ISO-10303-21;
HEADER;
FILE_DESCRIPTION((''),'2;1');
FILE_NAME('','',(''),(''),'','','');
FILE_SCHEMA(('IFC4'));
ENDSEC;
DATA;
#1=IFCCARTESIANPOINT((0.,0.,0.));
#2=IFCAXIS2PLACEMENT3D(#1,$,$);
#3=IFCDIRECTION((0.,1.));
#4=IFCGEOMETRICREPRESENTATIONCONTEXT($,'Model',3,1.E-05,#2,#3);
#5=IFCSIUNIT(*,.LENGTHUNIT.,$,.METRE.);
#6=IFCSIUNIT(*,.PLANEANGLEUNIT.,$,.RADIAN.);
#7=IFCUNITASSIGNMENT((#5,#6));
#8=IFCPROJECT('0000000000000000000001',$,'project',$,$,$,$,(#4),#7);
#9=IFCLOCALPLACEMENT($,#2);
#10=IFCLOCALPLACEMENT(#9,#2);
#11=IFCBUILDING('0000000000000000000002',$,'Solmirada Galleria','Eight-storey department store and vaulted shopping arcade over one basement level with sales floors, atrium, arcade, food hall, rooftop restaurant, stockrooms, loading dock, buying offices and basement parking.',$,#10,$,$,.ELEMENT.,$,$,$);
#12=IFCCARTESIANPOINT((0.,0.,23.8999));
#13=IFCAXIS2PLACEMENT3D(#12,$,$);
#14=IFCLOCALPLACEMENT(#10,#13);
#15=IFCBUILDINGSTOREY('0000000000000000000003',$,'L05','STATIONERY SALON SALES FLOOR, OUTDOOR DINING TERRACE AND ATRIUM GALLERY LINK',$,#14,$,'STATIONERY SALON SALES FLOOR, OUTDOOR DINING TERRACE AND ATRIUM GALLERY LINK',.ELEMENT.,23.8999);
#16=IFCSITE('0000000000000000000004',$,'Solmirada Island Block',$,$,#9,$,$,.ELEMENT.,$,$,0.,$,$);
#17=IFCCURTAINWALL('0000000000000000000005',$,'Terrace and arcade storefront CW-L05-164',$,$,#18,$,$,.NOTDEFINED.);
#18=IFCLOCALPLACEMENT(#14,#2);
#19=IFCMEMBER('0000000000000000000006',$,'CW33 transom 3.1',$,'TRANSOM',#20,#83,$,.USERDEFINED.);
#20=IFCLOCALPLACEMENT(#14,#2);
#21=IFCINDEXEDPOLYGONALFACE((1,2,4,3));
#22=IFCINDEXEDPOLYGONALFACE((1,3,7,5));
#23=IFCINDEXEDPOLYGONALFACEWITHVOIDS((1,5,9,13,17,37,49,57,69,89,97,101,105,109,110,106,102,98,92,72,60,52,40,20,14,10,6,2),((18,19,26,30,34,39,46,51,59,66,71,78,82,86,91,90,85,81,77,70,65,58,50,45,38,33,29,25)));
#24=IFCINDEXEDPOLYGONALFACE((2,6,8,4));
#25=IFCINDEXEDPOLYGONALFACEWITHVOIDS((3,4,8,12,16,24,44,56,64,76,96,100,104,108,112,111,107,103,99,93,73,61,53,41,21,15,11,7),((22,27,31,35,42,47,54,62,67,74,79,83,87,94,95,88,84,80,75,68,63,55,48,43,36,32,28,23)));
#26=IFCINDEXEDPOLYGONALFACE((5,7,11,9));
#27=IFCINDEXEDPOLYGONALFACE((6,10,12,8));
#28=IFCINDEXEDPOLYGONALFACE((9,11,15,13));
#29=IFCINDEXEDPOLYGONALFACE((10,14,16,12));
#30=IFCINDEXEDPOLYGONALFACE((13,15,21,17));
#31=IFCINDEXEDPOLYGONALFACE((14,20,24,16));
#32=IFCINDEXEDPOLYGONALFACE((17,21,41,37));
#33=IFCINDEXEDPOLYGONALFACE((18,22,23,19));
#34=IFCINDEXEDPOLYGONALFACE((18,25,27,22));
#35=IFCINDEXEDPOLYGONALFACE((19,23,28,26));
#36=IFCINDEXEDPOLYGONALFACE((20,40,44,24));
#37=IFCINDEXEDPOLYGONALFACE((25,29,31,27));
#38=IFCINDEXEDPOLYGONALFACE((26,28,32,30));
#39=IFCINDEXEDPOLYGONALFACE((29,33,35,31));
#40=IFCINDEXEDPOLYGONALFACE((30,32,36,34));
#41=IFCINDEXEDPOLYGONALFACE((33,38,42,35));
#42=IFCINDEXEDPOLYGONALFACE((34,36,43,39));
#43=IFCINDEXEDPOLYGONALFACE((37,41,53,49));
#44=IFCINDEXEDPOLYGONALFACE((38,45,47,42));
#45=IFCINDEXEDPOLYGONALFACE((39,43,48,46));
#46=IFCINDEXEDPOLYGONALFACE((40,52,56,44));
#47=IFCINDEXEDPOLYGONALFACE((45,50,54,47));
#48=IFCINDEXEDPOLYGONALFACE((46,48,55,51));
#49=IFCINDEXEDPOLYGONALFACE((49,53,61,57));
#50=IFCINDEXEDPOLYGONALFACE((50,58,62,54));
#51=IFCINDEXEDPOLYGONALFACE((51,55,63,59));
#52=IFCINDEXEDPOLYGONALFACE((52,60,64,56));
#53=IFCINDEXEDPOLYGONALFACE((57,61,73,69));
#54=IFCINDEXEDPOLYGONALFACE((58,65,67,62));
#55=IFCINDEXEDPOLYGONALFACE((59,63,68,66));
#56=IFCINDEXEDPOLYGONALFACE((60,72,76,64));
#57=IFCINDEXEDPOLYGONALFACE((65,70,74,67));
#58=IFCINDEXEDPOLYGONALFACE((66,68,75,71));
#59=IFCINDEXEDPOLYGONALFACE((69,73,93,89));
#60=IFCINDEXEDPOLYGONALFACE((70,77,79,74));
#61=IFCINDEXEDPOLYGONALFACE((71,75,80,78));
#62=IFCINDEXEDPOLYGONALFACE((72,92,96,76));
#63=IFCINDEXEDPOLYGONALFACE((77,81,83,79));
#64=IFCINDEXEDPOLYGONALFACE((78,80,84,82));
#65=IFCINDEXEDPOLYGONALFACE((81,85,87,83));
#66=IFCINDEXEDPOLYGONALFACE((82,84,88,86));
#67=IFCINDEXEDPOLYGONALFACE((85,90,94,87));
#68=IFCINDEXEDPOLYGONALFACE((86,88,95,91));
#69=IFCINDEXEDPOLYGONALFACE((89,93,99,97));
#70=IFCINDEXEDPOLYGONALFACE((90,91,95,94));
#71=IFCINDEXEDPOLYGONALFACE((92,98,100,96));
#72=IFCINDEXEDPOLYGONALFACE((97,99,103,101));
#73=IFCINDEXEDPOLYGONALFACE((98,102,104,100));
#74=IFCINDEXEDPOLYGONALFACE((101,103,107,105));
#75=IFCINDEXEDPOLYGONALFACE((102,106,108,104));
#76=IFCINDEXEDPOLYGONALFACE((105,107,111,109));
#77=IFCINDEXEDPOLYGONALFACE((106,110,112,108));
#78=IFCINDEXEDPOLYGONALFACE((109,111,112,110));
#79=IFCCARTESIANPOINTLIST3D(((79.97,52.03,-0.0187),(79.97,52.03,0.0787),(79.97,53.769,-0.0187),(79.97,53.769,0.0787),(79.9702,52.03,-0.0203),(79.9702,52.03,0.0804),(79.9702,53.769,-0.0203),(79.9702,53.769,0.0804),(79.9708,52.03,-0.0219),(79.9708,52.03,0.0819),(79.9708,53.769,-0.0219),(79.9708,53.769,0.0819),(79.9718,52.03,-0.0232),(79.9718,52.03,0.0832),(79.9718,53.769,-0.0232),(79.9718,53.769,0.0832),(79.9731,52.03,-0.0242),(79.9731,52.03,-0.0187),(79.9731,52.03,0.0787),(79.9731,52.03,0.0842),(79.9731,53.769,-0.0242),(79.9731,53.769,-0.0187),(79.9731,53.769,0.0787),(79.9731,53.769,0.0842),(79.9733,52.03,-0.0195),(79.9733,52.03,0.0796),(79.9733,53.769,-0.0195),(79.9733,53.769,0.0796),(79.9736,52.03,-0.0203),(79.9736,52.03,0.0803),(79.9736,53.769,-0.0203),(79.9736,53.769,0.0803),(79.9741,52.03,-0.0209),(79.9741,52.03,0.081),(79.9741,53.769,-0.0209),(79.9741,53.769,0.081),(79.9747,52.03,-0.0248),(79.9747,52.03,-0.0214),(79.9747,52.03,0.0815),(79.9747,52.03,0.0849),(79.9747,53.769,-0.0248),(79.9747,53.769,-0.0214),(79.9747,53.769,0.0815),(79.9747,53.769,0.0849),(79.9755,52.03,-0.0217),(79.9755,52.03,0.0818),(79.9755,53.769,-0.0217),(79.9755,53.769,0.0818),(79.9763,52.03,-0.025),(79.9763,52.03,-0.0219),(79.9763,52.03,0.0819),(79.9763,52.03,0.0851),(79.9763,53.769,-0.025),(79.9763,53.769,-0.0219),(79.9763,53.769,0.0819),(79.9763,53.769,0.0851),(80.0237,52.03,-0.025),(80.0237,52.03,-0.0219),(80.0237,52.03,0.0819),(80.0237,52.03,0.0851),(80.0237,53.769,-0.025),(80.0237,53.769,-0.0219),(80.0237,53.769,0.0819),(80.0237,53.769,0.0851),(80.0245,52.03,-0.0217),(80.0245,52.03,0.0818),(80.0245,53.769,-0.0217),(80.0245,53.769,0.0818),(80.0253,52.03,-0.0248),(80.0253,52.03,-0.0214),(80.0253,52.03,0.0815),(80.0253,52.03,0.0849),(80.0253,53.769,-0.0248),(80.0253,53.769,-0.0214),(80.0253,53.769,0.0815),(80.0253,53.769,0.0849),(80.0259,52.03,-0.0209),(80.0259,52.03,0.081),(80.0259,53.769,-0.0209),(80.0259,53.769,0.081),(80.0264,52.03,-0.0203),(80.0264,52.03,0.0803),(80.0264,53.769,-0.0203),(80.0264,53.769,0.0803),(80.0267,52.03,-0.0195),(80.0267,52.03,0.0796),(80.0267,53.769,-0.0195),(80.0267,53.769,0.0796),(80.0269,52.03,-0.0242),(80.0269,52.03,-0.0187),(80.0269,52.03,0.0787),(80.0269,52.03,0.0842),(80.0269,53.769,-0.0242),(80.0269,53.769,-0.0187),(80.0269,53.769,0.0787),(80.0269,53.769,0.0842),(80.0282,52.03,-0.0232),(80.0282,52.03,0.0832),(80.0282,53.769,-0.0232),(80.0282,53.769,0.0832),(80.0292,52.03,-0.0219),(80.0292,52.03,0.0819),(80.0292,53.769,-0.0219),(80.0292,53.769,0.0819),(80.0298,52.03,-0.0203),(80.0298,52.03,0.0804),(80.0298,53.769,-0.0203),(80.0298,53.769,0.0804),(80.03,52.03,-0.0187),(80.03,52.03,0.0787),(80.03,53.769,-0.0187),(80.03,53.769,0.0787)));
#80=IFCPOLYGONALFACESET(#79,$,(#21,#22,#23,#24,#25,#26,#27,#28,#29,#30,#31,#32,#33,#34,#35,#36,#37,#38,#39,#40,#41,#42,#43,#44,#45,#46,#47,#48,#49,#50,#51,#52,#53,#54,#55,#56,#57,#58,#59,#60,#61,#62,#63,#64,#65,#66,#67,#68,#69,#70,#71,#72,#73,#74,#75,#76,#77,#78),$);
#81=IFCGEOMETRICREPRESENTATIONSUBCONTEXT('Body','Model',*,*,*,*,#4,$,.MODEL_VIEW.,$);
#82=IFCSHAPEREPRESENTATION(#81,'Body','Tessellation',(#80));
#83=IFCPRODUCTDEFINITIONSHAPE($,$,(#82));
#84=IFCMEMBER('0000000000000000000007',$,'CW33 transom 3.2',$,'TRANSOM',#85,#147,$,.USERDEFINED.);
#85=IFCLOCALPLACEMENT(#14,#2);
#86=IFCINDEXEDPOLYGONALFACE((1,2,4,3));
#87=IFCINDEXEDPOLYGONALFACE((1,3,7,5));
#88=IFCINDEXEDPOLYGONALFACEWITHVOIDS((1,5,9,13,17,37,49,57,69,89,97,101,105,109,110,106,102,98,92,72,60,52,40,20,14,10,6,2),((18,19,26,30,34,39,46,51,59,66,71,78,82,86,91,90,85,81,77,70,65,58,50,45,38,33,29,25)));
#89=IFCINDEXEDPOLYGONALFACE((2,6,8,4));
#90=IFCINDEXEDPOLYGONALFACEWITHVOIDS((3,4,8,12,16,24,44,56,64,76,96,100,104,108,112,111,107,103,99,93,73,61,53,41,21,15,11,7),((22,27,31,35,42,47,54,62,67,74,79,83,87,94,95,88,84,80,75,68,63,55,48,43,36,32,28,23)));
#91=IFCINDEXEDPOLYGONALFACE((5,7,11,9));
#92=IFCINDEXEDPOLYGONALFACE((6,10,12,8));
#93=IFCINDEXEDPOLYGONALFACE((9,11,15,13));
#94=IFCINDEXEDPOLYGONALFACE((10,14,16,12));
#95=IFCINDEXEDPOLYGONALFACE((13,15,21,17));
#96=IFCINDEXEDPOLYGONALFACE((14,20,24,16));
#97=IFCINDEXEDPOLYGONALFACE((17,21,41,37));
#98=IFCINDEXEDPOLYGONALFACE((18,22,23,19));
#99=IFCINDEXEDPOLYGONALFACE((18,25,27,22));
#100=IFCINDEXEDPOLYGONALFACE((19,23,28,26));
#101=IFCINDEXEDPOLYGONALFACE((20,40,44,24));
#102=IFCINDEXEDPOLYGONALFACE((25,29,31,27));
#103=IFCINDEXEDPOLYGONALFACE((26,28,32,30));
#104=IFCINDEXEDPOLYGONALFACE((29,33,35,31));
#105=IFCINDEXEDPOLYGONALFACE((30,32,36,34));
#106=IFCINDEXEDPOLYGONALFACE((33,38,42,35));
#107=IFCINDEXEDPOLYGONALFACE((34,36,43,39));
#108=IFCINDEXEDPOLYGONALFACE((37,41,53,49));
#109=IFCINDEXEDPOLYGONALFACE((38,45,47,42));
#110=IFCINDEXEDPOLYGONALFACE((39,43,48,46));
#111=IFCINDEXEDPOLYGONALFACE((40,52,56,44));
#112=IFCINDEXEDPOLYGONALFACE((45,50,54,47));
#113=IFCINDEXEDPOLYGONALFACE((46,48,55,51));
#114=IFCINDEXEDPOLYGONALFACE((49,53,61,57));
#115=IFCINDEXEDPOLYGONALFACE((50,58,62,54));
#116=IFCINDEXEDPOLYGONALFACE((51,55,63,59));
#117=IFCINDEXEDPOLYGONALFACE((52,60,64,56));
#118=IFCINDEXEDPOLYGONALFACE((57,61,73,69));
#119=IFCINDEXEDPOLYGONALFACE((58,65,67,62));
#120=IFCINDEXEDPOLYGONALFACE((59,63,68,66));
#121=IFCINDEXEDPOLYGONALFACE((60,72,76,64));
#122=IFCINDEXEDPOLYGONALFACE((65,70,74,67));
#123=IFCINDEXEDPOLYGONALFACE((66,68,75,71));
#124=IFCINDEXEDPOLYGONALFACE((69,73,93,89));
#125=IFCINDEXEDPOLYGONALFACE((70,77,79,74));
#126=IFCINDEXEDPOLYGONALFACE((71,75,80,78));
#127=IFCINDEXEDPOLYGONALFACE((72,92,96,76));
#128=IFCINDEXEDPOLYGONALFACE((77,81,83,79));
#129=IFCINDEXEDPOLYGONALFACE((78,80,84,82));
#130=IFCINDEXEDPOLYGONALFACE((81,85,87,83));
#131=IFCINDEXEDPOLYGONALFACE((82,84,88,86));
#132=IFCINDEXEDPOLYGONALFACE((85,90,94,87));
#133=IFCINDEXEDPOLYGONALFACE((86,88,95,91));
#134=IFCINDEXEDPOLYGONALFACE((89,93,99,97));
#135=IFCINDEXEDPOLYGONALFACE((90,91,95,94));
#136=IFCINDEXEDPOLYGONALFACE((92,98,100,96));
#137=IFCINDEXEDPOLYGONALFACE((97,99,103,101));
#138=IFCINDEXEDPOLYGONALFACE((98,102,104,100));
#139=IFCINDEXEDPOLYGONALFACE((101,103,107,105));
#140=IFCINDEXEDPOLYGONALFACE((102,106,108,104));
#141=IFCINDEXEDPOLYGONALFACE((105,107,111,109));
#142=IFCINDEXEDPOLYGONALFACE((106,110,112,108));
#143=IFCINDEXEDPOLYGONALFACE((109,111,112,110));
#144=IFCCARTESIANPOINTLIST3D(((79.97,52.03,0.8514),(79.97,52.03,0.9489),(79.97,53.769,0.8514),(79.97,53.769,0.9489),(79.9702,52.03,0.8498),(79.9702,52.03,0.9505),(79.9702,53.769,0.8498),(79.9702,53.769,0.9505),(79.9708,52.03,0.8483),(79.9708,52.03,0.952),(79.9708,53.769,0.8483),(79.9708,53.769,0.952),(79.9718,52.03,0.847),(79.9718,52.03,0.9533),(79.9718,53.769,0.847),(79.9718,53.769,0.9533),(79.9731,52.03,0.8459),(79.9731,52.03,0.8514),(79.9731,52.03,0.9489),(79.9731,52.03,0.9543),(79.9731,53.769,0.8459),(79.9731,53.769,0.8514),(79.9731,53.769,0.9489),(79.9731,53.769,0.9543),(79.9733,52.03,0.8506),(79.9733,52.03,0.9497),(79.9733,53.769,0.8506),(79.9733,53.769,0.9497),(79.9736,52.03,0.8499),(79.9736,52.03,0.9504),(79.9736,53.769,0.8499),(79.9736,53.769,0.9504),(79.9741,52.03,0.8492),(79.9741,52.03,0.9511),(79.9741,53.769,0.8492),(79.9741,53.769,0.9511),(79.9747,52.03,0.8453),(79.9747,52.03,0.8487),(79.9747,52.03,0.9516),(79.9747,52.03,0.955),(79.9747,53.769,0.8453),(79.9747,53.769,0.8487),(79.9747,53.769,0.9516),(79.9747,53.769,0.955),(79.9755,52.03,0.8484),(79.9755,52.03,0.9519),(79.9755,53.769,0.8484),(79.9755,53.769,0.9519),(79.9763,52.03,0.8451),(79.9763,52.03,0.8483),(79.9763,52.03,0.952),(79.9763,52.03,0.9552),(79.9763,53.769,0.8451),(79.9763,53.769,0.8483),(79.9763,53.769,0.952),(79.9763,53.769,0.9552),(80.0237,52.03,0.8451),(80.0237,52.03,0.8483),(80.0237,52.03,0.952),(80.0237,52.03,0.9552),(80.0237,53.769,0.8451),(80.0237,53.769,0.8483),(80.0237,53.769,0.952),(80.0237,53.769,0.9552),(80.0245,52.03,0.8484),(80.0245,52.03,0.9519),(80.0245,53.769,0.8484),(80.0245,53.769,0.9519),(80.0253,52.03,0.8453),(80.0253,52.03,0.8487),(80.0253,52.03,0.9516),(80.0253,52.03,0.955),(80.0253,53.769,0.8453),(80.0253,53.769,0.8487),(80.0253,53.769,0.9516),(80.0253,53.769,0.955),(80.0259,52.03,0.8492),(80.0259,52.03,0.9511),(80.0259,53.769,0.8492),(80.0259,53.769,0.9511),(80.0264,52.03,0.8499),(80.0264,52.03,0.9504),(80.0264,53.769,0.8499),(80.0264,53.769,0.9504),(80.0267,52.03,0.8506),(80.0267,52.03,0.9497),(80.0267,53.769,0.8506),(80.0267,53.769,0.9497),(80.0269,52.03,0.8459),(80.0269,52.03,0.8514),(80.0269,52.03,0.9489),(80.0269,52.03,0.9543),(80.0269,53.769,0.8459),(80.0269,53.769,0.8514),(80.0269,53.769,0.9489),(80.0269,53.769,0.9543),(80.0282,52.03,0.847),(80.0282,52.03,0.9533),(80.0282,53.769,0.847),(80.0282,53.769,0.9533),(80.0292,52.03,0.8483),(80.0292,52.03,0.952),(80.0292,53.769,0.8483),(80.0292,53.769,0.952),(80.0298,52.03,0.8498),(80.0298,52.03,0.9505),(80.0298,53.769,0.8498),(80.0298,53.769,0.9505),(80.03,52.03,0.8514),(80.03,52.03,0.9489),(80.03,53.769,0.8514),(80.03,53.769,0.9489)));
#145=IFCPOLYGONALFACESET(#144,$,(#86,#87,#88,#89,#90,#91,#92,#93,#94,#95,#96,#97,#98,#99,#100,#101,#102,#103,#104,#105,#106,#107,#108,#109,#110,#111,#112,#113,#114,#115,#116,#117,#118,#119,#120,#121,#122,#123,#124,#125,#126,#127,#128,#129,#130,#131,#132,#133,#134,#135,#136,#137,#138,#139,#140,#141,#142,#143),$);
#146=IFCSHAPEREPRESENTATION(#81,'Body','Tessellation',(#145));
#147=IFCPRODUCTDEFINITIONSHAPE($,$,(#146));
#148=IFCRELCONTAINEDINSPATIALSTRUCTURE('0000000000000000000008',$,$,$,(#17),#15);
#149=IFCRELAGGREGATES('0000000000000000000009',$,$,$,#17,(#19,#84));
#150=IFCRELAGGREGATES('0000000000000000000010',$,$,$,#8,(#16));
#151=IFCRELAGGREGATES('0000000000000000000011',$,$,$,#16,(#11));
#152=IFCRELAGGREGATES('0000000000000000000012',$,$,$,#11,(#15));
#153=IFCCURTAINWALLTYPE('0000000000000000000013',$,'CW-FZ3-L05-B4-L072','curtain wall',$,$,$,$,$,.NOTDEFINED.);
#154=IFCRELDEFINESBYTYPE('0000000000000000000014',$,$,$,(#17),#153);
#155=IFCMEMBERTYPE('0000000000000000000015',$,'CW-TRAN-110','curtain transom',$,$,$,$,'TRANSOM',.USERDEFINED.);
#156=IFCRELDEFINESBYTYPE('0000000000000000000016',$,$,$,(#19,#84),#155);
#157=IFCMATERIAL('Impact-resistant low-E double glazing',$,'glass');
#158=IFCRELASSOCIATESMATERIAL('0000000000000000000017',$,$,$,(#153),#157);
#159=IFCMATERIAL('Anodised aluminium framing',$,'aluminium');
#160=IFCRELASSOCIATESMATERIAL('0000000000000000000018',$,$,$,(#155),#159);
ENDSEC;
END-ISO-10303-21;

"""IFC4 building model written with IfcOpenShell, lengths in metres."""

from ifc_helpers import new_model, si_unit, direction, frame, origin, origin_2d, place, context, subcontext, project, spatial, hollow_rectangle, extrude, material, material_profile, profile_set, type_object, element, aggregate, save


model = new_model("IFC4")

# Units and contexts
model_context = context("Model", 3, precision=1e-05, world=origin(), true_north=direction((0.0, 1.0)))
body_context = subcontext(model_context, "Body", "Model", "MODEL_VIEW")
ifc_project = project(units=[si_unit("LENGTHUNIT", "METRE"), si_unit("PLANEANGLEUNIT", "RADIAN")], contexts=[model_context])

# Site, building, storey
site_placement = place(None, origin())
site = spatial("IfcSite", under=ifc_project, at=site_placement, Name="Solmirada Island Block", CompositionType="ELEMENT", RefElevation=0.0)
building_placement = place(site_placement, origin())
building = spatial("IfcBuilding", under=site, at=building_placement, Name="Solmirada Galleria", Description="Eight-storey department store and vaulted shopping arcade over one basement level with sales floors, atrium, arcade, food hall, rooftop restaurant, stockrooms, loading dock, buying offices and basement parking.", CompositionType="ELEMENT")
storey_placement = place(building_placement, frame((0.0, 0.0, 23.8999)))
storey = spatial("IfcBuildingStorey", under=building, at=storey_placement, Name="L05", Description="STATIONERY SALON SALES FLOOR, OUTDOOR DINING TERRACE AND ATRIUM GALLERY LINK", LongName="STATIONERY SALON SALES FLOOR, OUTDOOR DINING TERRACE AND ATRIUM GALLERY LINK", CompositionType="ELEMENT", Elevation=23.8999)

# Curtain wall, members
ifc_material_1 = material(Name="Impact-resistant low-E double glazing", Category="glass")
curtain_wall_type = type_object("IfcCurtainWallType", Name="CW-FZ3-L05-B4-L072", Description="curtain wall", PredefinedType="NOTDEFINED", material=ifc_material_1)
curtain_wall_placement = place(storey_placement, origin())
curtain_wall = element("IfcCurtainWall", 1, at=curtain_wall_placement, inside=storey, type_object=curtain_wall_type, Name="Terrace and arcade storefront CW-L05-164", PredefinedType="NOTDEFINED")
ifc_material_2 = material(Name="Anodised aluminium framing", Category="aluminium")
ifc_material_profile_1 = material_profile(ifc_material_2, hollow_rectangle(XDim=0.0601, YDim=0.1101, WallThickness=0.0032, InnerFilletRadius=0.0032, OuterFilletRadius=0.0063, at=origin_2d()), Name="ALU-TRAN-110X60")
ifc_profile_set_1 = profile_set([ifc_material_profile_1], Name="Anodised aluminium framing")
member_type_1 = type_object("IfcMemberType", Name="CW-TRAN-110", Description="curtain transom", ElementType="TRANSOM", PredefinedType="USERDEFINED", material=ifc_profile_set_1)
member_1_placement = place(storey_placement, frame((80.0, 52.03, 0.03), z_axis=(0.0, 1.0, 0.0), x_axis=(-1.0, 0.0, 0.0)))
member_1 = element("IfcMember", 2, at=member_1_placement, type_object=member_type_1, Name="CW33 transom 3.1", ObjectType="TRANSOM", PredefinedType="USERDEFINED", context=body_context, shape_type="SweptSolid", body=[
    extrude(hollow_rectangle(XDim=0.0601, YDim=0.1101, WallThickness=0.0032, InnerFilletRadius=0.0032, OuterFilletRadius=0.0063, at=origin_2d()), origin(), (0.0, 0.0, 1.0), 1.739),
])
member_2_placement = place(storey_placement, frame((80.0, 52.03, 0.9001), z_axis=(0.0, 1.0, 0.0), x_axis=(-1.0, 0.0, 0.0)))
member_2 = element("IfcMember", 3, at=member_2_placement, type_object=member_type_1, Name="CW33 transom 3.2", ObjectType="TRANSOM", PredefinedType="USERDEFINED", context=body_context, shape_type="SweptSolid", body=[
    extrude(hollow_rectangle(XDim=0.0601, YDim=0.1101, WallThickness=0.0032, InnerFilletRadius=0.0032, OuterFilletRadius=0.0063, at=origin_2d()), origin(), (0.0, 0.0, 1.0), 1.739),
])
aggregate(curtain_wall, [member_1, member_2])

save(model, "model.ifc")
